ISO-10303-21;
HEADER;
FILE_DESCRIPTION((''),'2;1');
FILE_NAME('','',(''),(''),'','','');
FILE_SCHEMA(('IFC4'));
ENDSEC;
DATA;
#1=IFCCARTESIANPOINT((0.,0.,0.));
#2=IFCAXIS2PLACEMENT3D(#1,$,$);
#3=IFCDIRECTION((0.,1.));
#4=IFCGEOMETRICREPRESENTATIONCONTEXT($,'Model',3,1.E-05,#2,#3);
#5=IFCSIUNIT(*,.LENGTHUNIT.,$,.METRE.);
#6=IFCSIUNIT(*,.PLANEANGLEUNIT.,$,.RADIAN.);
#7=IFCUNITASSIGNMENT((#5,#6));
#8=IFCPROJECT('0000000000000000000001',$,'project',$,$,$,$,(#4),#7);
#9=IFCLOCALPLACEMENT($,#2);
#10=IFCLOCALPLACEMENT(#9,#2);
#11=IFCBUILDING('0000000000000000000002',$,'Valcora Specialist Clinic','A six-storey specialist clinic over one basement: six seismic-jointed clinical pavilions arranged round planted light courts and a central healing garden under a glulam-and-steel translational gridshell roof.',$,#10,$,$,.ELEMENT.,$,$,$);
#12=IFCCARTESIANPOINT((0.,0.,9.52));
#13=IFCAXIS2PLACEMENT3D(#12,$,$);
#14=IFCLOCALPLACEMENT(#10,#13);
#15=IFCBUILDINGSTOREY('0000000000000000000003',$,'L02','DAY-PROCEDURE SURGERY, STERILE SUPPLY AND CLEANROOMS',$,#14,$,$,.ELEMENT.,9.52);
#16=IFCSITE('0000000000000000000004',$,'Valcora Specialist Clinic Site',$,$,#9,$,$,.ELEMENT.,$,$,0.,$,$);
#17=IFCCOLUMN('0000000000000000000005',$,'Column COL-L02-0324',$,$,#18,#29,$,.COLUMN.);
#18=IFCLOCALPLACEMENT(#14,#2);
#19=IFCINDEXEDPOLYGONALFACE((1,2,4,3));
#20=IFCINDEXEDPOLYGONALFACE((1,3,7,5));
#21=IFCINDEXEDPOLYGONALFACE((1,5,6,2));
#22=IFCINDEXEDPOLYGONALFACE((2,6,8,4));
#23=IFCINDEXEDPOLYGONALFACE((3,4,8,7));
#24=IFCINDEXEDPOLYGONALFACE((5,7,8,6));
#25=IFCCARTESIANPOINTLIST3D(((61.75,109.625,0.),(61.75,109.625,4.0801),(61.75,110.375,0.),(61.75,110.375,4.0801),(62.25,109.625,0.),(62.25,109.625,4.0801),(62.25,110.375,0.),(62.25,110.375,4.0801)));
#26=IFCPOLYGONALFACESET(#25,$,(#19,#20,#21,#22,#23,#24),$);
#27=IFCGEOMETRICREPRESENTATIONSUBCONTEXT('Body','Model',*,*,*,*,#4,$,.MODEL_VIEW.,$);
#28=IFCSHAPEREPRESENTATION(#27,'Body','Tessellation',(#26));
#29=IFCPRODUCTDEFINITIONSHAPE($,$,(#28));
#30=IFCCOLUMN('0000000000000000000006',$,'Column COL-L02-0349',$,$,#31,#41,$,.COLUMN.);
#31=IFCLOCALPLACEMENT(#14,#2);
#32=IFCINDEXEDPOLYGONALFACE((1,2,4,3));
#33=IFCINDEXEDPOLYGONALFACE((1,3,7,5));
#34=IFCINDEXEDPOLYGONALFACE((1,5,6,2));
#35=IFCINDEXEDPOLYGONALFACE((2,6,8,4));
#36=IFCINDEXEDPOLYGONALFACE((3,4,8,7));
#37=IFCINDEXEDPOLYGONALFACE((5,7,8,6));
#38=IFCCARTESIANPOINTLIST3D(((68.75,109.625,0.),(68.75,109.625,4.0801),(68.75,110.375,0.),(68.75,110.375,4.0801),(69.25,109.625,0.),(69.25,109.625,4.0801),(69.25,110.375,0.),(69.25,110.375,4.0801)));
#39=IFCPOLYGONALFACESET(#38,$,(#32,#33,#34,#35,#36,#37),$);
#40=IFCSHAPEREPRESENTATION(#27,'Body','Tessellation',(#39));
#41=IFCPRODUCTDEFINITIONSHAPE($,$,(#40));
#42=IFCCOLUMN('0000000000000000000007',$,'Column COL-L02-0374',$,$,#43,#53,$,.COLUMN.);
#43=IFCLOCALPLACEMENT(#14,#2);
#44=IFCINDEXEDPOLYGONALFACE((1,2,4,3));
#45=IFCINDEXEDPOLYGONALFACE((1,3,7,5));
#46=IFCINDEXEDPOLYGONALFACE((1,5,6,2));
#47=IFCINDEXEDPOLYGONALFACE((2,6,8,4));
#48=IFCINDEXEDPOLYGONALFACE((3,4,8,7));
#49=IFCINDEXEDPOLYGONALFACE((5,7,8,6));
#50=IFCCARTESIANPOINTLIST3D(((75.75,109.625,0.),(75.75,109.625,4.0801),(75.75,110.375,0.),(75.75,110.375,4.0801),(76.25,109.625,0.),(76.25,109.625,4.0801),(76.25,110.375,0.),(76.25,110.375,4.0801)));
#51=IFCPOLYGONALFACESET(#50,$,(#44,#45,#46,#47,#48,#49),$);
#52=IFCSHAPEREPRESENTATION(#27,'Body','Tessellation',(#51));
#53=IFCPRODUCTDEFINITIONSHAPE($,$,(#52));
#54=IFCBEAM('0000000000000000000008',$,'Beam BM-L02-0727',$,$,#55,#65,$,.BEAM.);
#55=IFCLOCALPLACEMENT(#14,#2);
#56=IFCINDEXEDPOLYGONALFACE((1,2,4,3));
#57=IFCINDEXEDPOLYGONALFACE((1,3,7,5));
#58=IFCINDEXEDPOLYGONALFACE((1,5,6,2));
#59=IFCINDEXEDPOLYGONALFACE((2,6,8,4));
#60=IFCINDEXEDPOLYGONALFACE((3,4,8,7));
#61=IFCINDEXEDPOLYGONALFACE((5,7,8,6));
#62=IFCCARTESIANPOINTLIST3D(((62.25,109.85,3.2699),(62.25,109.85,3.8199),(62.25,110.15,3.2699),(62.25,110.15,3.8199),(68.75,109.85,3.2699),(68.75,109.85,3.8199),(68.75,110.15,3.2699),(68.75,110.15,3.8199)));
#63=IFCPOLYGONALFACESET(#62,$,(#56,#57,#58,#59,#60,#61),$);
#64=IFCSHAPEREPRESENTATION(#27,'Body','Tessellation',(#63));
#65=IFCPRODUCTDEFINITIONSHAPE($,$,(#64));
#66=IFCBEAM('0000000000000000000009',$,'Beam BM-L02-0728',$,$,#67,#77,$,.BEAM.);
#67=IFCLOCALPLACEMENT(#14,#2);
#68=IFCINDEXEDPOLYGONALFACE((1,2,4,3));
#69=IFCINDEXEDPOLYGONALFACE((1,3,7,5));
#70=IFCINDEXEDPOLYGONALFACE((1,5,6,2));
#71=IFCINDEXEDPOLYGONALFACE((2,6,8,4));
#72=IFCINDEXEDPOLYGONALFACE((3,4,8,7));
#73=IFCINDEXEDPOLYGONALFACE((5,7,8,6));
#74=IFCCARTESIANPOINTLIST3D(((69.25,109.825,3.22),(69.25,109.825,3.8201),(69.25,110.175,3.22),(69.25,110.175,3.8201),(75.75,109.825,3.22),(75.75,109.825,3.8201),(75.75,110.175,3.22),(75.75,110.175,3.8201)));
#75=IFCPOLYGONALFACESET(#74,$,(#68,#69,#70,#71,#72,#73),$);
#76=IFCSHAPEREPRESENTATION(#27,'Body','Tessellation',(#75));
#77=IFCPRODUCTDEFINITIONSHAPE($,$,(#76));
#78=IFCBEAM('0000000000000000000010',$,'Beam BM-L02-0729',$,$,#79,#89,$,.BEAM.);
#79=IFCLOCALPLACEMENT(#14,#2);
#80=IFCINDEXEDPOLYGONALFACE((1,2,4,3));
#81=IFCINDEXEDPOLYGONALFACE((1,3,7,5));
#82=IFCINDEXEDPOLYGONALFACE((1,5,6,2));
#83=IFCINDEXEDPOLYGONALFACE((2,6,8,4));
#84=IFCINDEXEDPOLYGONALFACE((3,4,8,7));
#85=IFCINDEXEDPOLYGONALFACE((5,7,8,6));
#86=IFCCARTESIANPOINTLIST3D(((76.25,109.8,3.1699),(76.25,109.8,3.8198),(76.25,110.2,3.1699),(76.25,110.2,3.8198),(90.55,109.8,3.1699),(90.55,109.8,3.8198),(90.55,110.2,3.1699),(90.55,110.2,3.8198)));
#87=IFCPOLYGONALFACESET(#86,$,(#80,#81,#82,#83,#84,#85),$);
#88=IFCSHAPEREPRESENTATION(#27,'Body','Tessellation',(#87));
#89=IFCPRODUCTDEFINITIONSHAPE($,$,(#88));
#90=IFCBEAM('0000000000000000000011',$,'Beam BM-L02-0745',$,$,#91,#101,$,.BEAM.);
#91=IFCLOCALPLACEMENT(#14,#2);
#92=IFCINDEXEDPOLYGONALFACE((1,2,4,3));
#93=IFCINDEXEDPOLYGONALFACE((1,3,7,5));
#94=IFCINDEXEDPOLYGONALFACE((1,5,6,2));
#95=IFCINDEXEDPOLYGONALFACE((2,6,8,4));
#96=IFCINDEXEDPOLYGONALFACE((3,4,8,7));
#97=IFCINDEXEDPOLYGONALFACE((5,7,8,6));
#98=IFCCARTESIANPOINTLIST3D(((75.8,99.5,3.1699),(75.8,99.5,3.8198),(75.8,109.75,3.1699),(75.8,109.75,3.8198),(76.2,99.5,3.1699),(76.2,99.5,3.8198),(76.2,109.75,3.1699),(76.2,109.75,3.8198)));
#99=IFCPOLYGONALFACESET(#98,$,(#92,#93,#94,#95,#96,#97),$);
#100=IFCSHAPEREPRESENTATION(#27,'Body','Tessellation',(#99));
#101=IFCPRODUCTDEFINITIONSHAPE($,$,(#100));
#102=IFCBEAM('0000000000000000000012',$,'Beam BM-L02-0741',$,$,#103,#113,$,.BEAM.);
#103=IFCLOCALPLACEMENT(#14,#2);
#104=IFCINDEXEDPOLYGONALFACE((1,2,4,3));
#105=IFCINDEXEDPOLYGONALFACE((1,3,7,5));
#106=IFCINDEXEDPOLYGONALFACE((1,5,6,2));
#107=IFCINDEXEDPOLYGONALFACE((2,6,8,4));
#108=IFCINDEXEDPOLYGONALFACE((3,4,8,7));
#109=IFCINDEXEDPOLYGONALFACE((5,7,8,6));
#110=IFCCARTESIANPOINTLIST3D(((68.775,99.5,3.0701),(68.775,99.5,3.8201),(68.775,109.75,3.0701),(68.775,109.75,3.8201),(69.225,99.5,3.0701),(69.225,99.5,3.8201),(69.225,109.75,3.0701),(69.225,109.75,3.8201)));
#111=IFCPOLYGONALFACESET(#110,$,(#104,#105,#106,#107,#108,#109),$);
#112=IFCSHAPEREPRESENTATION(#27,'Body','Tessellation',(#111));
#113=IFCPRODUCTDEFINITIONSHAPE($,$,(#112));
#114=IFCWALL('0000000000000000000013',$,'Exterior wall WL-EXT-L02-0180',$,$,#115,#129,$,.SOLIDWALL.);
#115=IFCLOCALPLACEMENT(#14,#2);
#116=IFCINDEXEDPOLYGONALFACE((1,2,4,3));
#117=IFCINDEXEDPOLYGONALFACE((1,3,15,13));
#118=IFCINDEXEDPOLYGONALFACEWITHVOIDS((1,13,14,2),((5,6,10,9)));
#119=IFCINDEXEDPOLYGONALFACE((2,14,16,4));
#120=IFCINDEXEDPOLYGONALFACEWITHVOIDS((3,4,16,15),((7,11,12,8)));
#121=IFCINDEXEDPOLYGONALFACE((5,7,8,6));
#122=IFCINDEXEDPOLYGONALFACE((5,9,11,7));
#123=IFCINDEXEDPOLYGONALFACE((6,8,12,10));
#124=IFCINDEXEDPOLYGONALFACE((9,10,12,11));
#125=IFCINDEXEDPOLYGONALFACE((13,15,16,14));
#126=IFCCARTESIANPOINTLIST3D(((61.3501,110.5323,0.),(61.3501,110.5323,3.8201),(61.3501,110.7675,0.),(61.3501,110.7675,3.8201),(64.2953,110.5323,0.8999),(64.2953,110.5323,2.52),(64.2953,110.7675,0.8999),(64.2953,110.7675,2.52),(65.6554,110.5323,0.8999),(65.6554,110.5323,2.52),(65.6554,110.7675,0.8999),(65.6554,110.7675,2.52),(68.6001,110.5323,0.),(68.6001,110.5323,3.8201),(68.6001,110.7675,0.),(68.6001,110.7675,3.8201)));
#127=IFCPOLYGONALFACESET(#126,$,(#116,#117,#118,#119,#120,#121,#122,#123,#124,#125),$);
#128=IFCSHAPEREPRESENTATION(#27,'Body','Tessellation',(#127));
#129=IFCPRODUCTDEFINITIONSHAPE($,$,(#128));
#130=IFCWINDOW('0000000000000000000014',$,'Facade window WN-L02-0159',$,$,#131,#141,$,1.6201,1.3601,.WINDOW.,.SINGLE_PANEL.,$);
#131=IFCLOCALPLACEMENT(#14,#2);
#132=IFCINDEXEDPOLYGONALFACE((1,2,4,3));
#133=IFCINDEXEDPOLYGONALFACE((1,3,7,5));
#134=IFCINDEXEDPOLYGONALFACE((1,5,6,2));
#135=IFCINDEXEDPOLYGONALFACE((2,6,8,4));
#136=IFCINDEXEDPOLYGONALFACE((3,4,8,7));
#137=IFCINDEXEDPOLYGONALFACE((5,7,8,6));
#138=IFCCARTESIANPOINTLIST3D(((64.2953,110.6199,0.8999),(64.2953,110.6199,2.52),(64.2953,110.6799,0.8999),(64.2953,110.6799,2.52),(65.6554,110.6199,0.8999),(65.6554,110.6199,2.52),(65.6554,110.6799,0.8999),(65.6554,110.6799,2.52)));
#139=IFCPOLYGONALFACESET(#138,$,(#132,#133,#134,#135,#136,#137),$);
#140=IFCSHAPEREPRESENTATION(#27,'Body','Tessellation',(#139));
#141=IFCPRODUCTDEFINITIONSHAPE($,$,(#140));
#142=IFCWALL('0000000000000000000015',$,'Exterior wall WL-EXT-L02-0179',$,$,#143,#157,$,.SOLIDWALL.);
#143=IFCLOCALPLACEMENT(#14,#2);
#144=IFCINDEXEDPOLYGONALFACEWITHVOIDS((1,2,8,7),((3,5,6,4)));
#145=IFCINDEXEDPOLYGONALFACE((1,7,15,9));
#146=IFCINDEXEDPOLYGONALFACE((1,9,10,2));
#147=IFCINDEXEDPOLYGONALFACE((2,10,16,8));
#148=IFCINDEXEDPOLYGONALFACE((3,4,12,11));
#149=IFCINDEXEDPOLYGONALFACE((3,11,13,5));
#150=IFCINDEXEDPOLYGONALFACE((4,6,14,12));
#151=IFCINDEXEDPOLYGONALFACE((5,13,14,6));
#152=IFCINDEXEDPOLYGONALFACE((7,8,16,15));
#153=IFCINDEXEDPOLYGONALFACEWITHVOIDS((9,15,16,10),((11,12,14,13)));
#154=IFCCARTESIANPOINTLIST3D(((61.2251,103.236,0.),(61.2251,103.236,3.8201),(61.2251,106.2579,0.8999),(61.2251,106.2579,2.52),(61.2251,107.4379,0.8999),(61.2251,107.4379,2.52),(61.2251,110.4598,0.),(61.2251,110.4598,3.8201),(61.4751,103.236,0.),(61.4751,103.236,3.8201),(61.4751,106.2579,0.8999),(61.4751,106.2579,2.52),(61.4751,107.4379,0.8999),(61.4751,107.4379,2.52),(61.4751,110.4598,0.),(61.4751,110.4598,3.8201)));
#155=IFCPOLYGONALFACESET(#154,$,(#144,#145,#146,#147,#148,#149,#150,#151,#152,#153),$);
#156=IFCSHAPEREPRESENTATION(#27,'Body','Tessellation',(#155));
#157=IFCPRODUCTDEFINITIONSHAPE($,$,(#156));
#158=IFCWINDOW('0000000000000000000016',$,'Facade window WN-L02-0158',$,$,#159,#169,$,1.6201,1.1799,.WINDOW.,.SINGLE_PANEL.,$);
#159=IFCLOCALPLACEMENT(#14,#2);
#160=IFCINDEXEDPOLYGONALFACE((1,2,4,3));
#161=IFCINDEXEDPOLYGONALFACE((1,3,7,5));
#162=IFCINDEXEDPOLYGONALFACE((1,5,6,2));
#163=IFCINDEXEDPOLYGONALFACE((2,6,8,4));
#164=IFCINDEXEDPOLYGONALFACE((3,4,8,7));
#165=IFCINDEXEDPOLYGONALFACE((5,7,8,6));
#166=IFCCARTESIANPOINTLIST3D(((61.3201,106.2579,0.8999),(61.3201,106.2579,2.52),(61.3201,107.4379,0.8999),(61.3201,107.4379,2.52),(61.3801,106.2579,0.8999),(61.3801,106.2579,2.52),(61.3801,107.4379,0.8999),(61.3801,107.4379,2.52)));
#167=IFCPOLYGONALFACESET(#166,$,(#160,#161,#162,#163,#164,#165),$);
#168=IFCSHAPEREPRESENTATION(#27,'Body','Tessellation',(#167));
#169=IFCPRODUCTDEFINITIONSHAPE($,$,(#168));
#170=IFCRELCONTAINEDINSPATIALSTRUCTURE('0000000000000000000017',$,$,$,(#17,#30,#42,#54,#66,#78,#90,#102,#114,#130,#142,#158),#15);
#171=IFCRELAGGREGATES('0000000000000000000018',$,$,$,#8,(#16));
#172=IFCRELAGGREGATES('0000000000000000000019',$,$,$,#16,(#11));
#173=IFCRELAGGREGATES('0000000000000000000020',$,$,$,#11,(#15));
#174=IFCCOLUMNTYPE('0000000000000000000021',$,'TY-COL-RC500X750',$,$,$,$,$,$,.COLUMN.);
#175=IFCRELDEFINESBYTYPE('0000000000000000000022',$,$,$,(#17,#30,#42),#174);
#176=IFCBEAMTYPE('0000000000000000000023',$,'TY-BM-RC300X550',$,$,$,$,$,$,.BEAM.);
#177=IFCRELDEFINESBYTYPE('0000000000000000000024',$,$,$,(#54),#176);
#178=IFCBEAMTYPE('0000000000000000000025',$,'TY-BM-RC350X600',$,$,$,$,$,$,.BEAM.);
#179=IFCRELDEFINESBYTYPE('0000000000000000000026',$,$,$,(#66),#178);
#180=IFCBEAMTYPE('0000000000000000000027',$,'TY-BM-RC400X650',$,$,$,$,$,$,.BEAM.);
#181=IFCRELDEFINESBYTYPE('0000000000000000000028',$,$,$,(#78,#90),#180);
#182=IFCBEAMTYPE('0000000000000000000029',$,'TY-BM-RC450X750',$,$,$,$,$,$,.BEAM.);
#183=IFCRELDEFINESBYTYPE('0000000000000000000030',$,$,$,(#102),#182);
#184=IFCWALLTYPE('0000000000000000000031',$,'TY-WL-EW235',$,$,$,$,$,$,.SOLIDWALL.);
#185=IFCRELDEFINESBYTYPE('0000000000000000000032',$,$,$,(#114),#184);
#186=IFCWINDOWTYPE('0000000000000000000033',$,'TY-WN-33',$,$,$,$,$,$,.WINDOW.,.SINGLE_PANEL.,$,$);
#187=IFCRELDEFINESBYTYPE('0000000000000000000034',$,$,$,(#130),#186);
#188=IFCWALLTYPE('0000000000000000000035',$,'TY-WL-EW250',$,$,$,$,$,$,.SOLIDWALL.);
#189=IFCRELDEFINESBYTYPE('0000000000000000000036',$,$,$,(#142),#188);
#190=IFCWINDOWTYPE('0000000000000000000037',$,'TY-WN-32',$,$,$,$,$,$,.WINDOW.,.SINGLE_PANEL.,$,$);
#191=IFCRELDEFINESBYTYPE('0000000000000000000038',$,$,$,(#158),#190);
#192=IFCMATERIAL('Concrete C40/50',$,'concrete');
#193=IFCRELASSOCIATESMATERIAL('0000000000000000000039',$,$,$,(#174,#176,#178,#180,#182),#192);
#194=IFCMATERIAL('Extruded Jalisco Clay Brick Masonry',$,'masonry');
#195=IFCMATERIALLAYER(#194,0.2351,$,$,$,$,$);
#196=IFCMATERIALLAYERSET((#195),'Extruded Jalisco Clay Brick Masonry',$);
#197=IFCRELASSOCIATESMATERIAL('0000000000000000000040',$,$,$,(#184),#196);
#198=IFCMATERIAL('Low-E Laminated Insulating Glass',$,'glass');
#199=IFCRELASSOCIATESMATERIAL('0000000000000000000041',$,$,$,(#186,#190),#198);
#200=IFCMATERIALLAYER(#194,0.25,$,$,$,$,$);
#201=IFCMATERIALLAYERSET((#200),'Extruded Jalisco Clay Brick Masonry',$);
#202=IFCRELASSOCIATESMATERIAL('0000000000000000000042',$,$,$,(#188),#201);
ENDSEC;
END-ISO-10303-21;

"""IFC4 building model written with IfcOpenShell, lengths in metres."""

from ifc_helpers import new_model, si_unit, direction, frame, frame_2d, origin, origin_2d, place, context, subcontext, project, spatial, rectangle, extrude, material, layer, layer_set, material_profile, profile_set, type_object, element, fill, save


model = new_model("IFC4")

# Units and contexts
model_context = context("Model", 3, precision=1e-05, world=origin(), true_north=direction((0.0, 1.0)))
body_context = subcontext(model_context, "Body", "Model", "MODEL_VIEW")
ifc_project = project(units=[si_unit("LENGTHUNIT", "METRE"), si_unit("PLANEANGLEUNIT", "RADIAN")], contexts=[model_context])

# Site, building, storey
site_placement = place(None, origin())
site = spatial("IfcSite", under=ifc_project, at=site_placement, Name="Valcora Specialist Clinic Site", CompositionType="ELEMENT", RefElevation=0.0)
building_placement = place(site_placement, origin())
building = spatial("IfcBuilding", under=site, at=building_placement, Name="Valcora Specialist Clinic", Description="A six-storey specialist clinic over one basement: six seismic-jointed clinical pavilions arranged round planted light courts and a central healing garden under a glulam-and-steel translational gridshell roof.", CompositionType="ELEMENT")
storey_placement = place(building_placement, frame((0.0, 0.0, 9.52)))
storey = spatial("IfcBuildingStorey", under=building, at=storey_placement, Name="L02", Description="DAY-PROCEDURE SURGERY, STERILE SUPPLY AND CLEANROOMS", CompositionType="ELEMENT", Elevation=9.52)

# Columns
ifc_material_1 = material(Name="Concrete C40/50", Category="concrete")
ifc_material_profile_1 = material_profile(ifc_material_1, rectangle(XDim=0.5, YDim=0.75, at=origin_2d()), Name="RC-COL-500X750")
ifc_profile_set_1 = profile_set([ifc_material_profile_1], Name="Concrete C40/50")
column_type = type_object("IfcColumnType", Name="TY-COL-RC500X750", PredefinedType="COLUMN", material=ifc_profile_set_1)
for number, where, z_axis, x_axis, name in (
    (1, (62.0, 110.0, 0.0), (0.0, 0.0, 1.0), (1.0, 0.0, 0.0), "Column COL-L02-0324"),
    (2, (69.0, 110.0, 0.0), (0.0, 0.0, 1.0), (1.0, 0.0, 0.0), "Column COL-L02-0349"),
    (3, (76.0, 110.0, 0.0), (0.0, 0.0, 1.0), (1.0, 0.0, 0.0), "Column COL-L02-0374"),
):
    element("IfcColumn", number, at=place(storey_placement, frame(where, z_axis=z_axis, x_axis=x_axis)), inside=storey, type_object=column_type, Name=name, PredefinedType="COLUMN", context=body_context, shape_type="SweptSolid", body=[
        extrude(rectangle(XDim=0.5, YDim=0.75, at=origin_2d()), origin(), (0.0, 0.0, 1.0), 4.0801),
    ])

# Beams
ifc_material_profile_2 = material_profile(ifc_material_1, rectangle(XDim=0.3, YDim=0.55, at=origin_2d()), Name="RC-BM-300X550")
ifc_profile_set_2 = profile_set([ifc_material_profile_2], Name="Concrete C40/50")
beam_type_1 = type_object("IfcBeamType", Name="TY-BM-RC300X550", PredefinedType="BEAM", material=ifc_profile_set_2)
beam_1_placement = place(storey_placement, frame((62.25, 110.0, 3.5449), z_axis=(1.0, 0.0, 0.0), x_axis=(0.0, 1.0, 0.0)))
element("IfcBeam", 4, at=beam_1_placement, inside=storey, type_object=beam_type_1, Name="Beam BM-L02-0727", PredefinedType="BEAM", context=body_context, shape_type="SweptSolid", body=[
    extrude(rectangle(XDim=0.3, YDim=0.55, at=origin_2d()), origin(), (0.0, 0.0, 1.0), 6.5),
])
ifc_material_profile_3 = material_profile(ifc_material_1, rectangle(XDim=0.3501, YDim=0.6001, at=origin_2d()), Name="RC-BM-350X600")
ifc_profile_set_3 = profile_set([ifc_material_profile_3], Name="Concrete C40/50")
beam_type_2 = type_object("IfcBeamType", Name="TY-BM-RC350X600", PredefinedType="BEAM", material=ifc_profile_set_3)
beam_2_placement = place(storey_placement, frame((69.25, 110.0, 3.52), z_axis=(1.0, 0.0, 0.0), x_axis=(0.0, 1.0, 0.0)))
element("IfcBeam", 5, at=beam_2_placement, inside=storey, type_object=beam_type_2, Name="Beam BM-L02-0728", PredefinedType="BEAM", context=body_context, shape_type="SweptSolid", body=[
    extrude(rectangle(XDim=0.3501, YDim=0.6001, at=origin_2d()), origin(), (0.0, 0.0, 1.0), 6.5),
])
ifc_material_profile_4 = material_profile(ifc_material_1, rectangle(XDim=0.3999, YDim=0.6499, at=origin_2d()), Name="RC-BM-400X650")
ifc_profile_set_4 = profile_set([ifc_material_profile_4], Name="Concrete C40/50")
beam_type_3 = type_object("IfcBeamType", Name="TY-BM-RC400X650", PredefinedType="BEAM", material=ifc_profile_set_4)
beam_3_placement = place(storey_placement, frame((76.25, 110.0, 3.4949), z_axis=(1.0, 0.0, 0.0), x_axis=(0.0, 1.0, 0.0)))
element("IfcBeam", 6, at=beam_3_placement, inside=storey, type_object=beam_type_3, Name="Beam BM-L02-0729", PredefinedType="BEAM", context=body_context, shape_type="SweptSolid", body=[
    extrude(rectangle(XDim=0.3999, YDim=0.6499, at=origin_2d()), origin(), (0.0, 0.0, 1.0), 14.3),
])
beam_4_placement = place(storey_placement, frame((76.0, 99.5, 3.4949), z_axis=(0.0, 1.0, 0.0), x_axis=(-1.0, 0.0, 0.0)))
element("IfcBeam", 7, at=beam_4_placement, inside=storey, type_object=beam_type_3, Name="Beam BM-L02-0745", PredefinedType="BEAM", context=body_context, shape_type="SweptSolid", body=[
    extrude(rectangle(XDim=0.3999, YDim=0.6499, at=origin_2d()), origin(), (0.0, 0.0, 1.0), 10.25),
])
ifc_material_profile_5 = material_profile(ifc_material_1, rectangle(XDim=0.45, YDim=0.75, at=origin_2d()), Name="RC-BM-450X750")
ifc_profile_set_5 = profile_set([ifc_material_profile_5], Name="Concrete C40/50")
beam_type_4 = type_object("IfcBeamType", Name="TY-BM-RC450X750", PredefinedType="BEAM", material=ifc_profile_set_5)
beam_5_placement = place(storey_placement, frame((69.0, 99.5, 3.4451), z_axis=(0.0, 1.0, 0.0), x_axis=(-1.0, 0.0, 0.0)))
element("IfcBeam", 8, at=beam_5_placement, inside=storey, type_object=beam_type_4, Name="Beam BM-L02-0741", PredefinedType="BEAM", context=body_context, shape_type="SweptSolid", body=[
    extrude(rectangle(XDim=0.45, YDim=0.75, at=origin_2d()), origin(), (0.0, 0.0, 1.0), 10.25),
])

# Walls, openings, windows
ifc_material_2 = material(Name="Extruded Jalisco Clay Brick Masonry", Category="masonry")
ifc_layer_1 = layer(ifc_material_2, 0.2351)
ifc_layer_set_1 = layer_set([ifc_layer_1], Name="Extruded Jalisco Clay Brick Masonry")
wall_type_1 = type_object("IfcWallType", Name="TY-WL-EW235", PredefinedType="SOLIDWALL", material=ifc_layer_set_1)
wall_1_placement = place(storey_placement, frame((61.3501, 110.6499, 0.0), z_axis=(0.0, 0.0, 1.0), x_axis=(1.0, 0.0, 0.0)))
wall_1 = element("IfcWall", 9, at=wall_1_placement, inside=storey, type_object=wall_type_1, Name="Exterior wall WL-EXT-L02-0180", PredefinedType="SOLIDWALL", context=body_context, shape_type="SweptSolid", body=[
    extrude(rectangle(XDim=7.25, YDim=0.2351, at=frame_2d((3.625, 0.0))), origin(), (0.0, 0.0, 1.0), 3.8201),
])
opening_1_placement = place(wall_1_placement, frame((2.9451, 0.0, 0.8999)))
opening_1 = element("IfcOpeningElement", 10, at=opening_1_placement, cuts=wall_1, PredefinedType="OPENING", context=body_context, shape_type="SweptSolid", body=[
    extrude(rectangle(XDim=1.3601, YDim=1.6201, at=frame_2d((0.6802, 0.8101))), frame((0.0, 0.1274, 0.0), z_axis=(0.0, -1.0, 0.0), x_axis=(1.0, 0.0, 0.0)), (0.0, 0.0, 1.0), 0.2551),
])
ifc_material_3 = material(Name="Low-E Laminated Insulating Glass", Category="glass")
window_type_1 = type_object("IfcWindowType", Name="TY-WN-33", PartitioningType="SINGLE_PANEL", PredefinedType="WINDOW", material=ifc_material_3)
window_1_placement = place(opening_1_placement, origin())
window_1 = element("IfcWindow", 11, at=window_1_placement, inside=storey, type_object=window_type_1, Name="Facade window WN-L02-0159", OverallHeight=1.6201, OverallWidth=1.3601, PartitioningType="SINGLE_PANEL", PredefinedType="WINDOW", context=body_context, shape_type="SweptSolid", body=[
    extrude(rectangle(XDim=1.3601, YDim=1.6201, at=frame_2d((0.6802, 0.8101))), frame((0.0, 0.03, 0.0), z_axis=(0.0, -1.0, 0.0), x_axis=(1.0, 0.0, 0.0)), (0.0, 0.0, 1.0), 0.0601),
])
fill(opening_1, window_1)
ifc_layer_2 = layer(ifc_material_2, 0.25)
ifc_layer_set_2 = layer_set([ifc_layer_2], Name="Extruded Jalisco Clay Brick Masonry")
wall_type_2 = type_object("IfcWallType", Name="TY-WL-EW250", PredefinedType="SOLIDWALL", material=ifc_layer_set_2)
wall_2_placement = place(storey_placement, frame((61.3501, 103.2361, 0.0), z_axis=(0.0, 0.0, 1.0), x_axis=(0.0, 1.0, 0.0)))
wall_2 = element("IfcWall", 12, at=wall_2_placement, inside=storey, type_object=wall_type_2, Name="Exterior wall WL-EXT-L02-0179", PredefinedType="SOLIDWALL", context=body_context, shape_type="SweptSolid", body=[
    extrude(rectangle(XDim=7.2239, YDim=0.25, at=frame_2d((3.6118, 0.0))), origin(), (0.0, 0.0, 1.0), 3.8201),
])
opening_2_placement = place(wall_2_placement, frame((3.022, 0.0, 0.8999)))
opening_2 = element("IfcOpeningElement", 13, at=opening_2_placement, cuts=wall_2, PredefinedType="OPENING", context=body_context, shape_type="SweptSolid", body=[
    extrude(rectangle(XDim=1.1799, YDim=1.6201, at=frame_2d((0.5898, 0.8101))), frame((0.0, 0.135, 0.0), z_axis=(0.0, -1.0, 0.0), x_axis=(1.0, 0.0, 0.0)), (0.0, 0.0, 1.0), 0.27),
])
window_type_2 = type_object("IfcWindowType", Name="TY-WN-32", PartitioningType="SINGLE_PANEL", PredefinedType="WINDOW", material=ifc_material_3)
window_2_placement = place(opening_2_placement, origin())
window_2 = element("IfcWindow", 14, at=window_2_placement, inside=storey, type_object=window_type_2, Name="Facade window WN-L02-0158", OverallHeight=1.6201, OverallWidth=1.1799, PartitioningType="SINGLE_PANEL", PredefinedType="WINDOW", context=body_context, shape_type="SweptSolid", body=[
    extrude(rectangle(XDim=1.1799, YDim=1.6201, at=frame_2d((0.5898, 0.8101))), frame((0.0, 0.03, 0.0), z_axis=(0.0, -1.0, 0.0), x_axis=(1.0, 0.0, 0.0)), (0.0, 0.0, 1.0), 0.0601),
])
fill(opening_2, window_2)

save(model, "model.ifc")
